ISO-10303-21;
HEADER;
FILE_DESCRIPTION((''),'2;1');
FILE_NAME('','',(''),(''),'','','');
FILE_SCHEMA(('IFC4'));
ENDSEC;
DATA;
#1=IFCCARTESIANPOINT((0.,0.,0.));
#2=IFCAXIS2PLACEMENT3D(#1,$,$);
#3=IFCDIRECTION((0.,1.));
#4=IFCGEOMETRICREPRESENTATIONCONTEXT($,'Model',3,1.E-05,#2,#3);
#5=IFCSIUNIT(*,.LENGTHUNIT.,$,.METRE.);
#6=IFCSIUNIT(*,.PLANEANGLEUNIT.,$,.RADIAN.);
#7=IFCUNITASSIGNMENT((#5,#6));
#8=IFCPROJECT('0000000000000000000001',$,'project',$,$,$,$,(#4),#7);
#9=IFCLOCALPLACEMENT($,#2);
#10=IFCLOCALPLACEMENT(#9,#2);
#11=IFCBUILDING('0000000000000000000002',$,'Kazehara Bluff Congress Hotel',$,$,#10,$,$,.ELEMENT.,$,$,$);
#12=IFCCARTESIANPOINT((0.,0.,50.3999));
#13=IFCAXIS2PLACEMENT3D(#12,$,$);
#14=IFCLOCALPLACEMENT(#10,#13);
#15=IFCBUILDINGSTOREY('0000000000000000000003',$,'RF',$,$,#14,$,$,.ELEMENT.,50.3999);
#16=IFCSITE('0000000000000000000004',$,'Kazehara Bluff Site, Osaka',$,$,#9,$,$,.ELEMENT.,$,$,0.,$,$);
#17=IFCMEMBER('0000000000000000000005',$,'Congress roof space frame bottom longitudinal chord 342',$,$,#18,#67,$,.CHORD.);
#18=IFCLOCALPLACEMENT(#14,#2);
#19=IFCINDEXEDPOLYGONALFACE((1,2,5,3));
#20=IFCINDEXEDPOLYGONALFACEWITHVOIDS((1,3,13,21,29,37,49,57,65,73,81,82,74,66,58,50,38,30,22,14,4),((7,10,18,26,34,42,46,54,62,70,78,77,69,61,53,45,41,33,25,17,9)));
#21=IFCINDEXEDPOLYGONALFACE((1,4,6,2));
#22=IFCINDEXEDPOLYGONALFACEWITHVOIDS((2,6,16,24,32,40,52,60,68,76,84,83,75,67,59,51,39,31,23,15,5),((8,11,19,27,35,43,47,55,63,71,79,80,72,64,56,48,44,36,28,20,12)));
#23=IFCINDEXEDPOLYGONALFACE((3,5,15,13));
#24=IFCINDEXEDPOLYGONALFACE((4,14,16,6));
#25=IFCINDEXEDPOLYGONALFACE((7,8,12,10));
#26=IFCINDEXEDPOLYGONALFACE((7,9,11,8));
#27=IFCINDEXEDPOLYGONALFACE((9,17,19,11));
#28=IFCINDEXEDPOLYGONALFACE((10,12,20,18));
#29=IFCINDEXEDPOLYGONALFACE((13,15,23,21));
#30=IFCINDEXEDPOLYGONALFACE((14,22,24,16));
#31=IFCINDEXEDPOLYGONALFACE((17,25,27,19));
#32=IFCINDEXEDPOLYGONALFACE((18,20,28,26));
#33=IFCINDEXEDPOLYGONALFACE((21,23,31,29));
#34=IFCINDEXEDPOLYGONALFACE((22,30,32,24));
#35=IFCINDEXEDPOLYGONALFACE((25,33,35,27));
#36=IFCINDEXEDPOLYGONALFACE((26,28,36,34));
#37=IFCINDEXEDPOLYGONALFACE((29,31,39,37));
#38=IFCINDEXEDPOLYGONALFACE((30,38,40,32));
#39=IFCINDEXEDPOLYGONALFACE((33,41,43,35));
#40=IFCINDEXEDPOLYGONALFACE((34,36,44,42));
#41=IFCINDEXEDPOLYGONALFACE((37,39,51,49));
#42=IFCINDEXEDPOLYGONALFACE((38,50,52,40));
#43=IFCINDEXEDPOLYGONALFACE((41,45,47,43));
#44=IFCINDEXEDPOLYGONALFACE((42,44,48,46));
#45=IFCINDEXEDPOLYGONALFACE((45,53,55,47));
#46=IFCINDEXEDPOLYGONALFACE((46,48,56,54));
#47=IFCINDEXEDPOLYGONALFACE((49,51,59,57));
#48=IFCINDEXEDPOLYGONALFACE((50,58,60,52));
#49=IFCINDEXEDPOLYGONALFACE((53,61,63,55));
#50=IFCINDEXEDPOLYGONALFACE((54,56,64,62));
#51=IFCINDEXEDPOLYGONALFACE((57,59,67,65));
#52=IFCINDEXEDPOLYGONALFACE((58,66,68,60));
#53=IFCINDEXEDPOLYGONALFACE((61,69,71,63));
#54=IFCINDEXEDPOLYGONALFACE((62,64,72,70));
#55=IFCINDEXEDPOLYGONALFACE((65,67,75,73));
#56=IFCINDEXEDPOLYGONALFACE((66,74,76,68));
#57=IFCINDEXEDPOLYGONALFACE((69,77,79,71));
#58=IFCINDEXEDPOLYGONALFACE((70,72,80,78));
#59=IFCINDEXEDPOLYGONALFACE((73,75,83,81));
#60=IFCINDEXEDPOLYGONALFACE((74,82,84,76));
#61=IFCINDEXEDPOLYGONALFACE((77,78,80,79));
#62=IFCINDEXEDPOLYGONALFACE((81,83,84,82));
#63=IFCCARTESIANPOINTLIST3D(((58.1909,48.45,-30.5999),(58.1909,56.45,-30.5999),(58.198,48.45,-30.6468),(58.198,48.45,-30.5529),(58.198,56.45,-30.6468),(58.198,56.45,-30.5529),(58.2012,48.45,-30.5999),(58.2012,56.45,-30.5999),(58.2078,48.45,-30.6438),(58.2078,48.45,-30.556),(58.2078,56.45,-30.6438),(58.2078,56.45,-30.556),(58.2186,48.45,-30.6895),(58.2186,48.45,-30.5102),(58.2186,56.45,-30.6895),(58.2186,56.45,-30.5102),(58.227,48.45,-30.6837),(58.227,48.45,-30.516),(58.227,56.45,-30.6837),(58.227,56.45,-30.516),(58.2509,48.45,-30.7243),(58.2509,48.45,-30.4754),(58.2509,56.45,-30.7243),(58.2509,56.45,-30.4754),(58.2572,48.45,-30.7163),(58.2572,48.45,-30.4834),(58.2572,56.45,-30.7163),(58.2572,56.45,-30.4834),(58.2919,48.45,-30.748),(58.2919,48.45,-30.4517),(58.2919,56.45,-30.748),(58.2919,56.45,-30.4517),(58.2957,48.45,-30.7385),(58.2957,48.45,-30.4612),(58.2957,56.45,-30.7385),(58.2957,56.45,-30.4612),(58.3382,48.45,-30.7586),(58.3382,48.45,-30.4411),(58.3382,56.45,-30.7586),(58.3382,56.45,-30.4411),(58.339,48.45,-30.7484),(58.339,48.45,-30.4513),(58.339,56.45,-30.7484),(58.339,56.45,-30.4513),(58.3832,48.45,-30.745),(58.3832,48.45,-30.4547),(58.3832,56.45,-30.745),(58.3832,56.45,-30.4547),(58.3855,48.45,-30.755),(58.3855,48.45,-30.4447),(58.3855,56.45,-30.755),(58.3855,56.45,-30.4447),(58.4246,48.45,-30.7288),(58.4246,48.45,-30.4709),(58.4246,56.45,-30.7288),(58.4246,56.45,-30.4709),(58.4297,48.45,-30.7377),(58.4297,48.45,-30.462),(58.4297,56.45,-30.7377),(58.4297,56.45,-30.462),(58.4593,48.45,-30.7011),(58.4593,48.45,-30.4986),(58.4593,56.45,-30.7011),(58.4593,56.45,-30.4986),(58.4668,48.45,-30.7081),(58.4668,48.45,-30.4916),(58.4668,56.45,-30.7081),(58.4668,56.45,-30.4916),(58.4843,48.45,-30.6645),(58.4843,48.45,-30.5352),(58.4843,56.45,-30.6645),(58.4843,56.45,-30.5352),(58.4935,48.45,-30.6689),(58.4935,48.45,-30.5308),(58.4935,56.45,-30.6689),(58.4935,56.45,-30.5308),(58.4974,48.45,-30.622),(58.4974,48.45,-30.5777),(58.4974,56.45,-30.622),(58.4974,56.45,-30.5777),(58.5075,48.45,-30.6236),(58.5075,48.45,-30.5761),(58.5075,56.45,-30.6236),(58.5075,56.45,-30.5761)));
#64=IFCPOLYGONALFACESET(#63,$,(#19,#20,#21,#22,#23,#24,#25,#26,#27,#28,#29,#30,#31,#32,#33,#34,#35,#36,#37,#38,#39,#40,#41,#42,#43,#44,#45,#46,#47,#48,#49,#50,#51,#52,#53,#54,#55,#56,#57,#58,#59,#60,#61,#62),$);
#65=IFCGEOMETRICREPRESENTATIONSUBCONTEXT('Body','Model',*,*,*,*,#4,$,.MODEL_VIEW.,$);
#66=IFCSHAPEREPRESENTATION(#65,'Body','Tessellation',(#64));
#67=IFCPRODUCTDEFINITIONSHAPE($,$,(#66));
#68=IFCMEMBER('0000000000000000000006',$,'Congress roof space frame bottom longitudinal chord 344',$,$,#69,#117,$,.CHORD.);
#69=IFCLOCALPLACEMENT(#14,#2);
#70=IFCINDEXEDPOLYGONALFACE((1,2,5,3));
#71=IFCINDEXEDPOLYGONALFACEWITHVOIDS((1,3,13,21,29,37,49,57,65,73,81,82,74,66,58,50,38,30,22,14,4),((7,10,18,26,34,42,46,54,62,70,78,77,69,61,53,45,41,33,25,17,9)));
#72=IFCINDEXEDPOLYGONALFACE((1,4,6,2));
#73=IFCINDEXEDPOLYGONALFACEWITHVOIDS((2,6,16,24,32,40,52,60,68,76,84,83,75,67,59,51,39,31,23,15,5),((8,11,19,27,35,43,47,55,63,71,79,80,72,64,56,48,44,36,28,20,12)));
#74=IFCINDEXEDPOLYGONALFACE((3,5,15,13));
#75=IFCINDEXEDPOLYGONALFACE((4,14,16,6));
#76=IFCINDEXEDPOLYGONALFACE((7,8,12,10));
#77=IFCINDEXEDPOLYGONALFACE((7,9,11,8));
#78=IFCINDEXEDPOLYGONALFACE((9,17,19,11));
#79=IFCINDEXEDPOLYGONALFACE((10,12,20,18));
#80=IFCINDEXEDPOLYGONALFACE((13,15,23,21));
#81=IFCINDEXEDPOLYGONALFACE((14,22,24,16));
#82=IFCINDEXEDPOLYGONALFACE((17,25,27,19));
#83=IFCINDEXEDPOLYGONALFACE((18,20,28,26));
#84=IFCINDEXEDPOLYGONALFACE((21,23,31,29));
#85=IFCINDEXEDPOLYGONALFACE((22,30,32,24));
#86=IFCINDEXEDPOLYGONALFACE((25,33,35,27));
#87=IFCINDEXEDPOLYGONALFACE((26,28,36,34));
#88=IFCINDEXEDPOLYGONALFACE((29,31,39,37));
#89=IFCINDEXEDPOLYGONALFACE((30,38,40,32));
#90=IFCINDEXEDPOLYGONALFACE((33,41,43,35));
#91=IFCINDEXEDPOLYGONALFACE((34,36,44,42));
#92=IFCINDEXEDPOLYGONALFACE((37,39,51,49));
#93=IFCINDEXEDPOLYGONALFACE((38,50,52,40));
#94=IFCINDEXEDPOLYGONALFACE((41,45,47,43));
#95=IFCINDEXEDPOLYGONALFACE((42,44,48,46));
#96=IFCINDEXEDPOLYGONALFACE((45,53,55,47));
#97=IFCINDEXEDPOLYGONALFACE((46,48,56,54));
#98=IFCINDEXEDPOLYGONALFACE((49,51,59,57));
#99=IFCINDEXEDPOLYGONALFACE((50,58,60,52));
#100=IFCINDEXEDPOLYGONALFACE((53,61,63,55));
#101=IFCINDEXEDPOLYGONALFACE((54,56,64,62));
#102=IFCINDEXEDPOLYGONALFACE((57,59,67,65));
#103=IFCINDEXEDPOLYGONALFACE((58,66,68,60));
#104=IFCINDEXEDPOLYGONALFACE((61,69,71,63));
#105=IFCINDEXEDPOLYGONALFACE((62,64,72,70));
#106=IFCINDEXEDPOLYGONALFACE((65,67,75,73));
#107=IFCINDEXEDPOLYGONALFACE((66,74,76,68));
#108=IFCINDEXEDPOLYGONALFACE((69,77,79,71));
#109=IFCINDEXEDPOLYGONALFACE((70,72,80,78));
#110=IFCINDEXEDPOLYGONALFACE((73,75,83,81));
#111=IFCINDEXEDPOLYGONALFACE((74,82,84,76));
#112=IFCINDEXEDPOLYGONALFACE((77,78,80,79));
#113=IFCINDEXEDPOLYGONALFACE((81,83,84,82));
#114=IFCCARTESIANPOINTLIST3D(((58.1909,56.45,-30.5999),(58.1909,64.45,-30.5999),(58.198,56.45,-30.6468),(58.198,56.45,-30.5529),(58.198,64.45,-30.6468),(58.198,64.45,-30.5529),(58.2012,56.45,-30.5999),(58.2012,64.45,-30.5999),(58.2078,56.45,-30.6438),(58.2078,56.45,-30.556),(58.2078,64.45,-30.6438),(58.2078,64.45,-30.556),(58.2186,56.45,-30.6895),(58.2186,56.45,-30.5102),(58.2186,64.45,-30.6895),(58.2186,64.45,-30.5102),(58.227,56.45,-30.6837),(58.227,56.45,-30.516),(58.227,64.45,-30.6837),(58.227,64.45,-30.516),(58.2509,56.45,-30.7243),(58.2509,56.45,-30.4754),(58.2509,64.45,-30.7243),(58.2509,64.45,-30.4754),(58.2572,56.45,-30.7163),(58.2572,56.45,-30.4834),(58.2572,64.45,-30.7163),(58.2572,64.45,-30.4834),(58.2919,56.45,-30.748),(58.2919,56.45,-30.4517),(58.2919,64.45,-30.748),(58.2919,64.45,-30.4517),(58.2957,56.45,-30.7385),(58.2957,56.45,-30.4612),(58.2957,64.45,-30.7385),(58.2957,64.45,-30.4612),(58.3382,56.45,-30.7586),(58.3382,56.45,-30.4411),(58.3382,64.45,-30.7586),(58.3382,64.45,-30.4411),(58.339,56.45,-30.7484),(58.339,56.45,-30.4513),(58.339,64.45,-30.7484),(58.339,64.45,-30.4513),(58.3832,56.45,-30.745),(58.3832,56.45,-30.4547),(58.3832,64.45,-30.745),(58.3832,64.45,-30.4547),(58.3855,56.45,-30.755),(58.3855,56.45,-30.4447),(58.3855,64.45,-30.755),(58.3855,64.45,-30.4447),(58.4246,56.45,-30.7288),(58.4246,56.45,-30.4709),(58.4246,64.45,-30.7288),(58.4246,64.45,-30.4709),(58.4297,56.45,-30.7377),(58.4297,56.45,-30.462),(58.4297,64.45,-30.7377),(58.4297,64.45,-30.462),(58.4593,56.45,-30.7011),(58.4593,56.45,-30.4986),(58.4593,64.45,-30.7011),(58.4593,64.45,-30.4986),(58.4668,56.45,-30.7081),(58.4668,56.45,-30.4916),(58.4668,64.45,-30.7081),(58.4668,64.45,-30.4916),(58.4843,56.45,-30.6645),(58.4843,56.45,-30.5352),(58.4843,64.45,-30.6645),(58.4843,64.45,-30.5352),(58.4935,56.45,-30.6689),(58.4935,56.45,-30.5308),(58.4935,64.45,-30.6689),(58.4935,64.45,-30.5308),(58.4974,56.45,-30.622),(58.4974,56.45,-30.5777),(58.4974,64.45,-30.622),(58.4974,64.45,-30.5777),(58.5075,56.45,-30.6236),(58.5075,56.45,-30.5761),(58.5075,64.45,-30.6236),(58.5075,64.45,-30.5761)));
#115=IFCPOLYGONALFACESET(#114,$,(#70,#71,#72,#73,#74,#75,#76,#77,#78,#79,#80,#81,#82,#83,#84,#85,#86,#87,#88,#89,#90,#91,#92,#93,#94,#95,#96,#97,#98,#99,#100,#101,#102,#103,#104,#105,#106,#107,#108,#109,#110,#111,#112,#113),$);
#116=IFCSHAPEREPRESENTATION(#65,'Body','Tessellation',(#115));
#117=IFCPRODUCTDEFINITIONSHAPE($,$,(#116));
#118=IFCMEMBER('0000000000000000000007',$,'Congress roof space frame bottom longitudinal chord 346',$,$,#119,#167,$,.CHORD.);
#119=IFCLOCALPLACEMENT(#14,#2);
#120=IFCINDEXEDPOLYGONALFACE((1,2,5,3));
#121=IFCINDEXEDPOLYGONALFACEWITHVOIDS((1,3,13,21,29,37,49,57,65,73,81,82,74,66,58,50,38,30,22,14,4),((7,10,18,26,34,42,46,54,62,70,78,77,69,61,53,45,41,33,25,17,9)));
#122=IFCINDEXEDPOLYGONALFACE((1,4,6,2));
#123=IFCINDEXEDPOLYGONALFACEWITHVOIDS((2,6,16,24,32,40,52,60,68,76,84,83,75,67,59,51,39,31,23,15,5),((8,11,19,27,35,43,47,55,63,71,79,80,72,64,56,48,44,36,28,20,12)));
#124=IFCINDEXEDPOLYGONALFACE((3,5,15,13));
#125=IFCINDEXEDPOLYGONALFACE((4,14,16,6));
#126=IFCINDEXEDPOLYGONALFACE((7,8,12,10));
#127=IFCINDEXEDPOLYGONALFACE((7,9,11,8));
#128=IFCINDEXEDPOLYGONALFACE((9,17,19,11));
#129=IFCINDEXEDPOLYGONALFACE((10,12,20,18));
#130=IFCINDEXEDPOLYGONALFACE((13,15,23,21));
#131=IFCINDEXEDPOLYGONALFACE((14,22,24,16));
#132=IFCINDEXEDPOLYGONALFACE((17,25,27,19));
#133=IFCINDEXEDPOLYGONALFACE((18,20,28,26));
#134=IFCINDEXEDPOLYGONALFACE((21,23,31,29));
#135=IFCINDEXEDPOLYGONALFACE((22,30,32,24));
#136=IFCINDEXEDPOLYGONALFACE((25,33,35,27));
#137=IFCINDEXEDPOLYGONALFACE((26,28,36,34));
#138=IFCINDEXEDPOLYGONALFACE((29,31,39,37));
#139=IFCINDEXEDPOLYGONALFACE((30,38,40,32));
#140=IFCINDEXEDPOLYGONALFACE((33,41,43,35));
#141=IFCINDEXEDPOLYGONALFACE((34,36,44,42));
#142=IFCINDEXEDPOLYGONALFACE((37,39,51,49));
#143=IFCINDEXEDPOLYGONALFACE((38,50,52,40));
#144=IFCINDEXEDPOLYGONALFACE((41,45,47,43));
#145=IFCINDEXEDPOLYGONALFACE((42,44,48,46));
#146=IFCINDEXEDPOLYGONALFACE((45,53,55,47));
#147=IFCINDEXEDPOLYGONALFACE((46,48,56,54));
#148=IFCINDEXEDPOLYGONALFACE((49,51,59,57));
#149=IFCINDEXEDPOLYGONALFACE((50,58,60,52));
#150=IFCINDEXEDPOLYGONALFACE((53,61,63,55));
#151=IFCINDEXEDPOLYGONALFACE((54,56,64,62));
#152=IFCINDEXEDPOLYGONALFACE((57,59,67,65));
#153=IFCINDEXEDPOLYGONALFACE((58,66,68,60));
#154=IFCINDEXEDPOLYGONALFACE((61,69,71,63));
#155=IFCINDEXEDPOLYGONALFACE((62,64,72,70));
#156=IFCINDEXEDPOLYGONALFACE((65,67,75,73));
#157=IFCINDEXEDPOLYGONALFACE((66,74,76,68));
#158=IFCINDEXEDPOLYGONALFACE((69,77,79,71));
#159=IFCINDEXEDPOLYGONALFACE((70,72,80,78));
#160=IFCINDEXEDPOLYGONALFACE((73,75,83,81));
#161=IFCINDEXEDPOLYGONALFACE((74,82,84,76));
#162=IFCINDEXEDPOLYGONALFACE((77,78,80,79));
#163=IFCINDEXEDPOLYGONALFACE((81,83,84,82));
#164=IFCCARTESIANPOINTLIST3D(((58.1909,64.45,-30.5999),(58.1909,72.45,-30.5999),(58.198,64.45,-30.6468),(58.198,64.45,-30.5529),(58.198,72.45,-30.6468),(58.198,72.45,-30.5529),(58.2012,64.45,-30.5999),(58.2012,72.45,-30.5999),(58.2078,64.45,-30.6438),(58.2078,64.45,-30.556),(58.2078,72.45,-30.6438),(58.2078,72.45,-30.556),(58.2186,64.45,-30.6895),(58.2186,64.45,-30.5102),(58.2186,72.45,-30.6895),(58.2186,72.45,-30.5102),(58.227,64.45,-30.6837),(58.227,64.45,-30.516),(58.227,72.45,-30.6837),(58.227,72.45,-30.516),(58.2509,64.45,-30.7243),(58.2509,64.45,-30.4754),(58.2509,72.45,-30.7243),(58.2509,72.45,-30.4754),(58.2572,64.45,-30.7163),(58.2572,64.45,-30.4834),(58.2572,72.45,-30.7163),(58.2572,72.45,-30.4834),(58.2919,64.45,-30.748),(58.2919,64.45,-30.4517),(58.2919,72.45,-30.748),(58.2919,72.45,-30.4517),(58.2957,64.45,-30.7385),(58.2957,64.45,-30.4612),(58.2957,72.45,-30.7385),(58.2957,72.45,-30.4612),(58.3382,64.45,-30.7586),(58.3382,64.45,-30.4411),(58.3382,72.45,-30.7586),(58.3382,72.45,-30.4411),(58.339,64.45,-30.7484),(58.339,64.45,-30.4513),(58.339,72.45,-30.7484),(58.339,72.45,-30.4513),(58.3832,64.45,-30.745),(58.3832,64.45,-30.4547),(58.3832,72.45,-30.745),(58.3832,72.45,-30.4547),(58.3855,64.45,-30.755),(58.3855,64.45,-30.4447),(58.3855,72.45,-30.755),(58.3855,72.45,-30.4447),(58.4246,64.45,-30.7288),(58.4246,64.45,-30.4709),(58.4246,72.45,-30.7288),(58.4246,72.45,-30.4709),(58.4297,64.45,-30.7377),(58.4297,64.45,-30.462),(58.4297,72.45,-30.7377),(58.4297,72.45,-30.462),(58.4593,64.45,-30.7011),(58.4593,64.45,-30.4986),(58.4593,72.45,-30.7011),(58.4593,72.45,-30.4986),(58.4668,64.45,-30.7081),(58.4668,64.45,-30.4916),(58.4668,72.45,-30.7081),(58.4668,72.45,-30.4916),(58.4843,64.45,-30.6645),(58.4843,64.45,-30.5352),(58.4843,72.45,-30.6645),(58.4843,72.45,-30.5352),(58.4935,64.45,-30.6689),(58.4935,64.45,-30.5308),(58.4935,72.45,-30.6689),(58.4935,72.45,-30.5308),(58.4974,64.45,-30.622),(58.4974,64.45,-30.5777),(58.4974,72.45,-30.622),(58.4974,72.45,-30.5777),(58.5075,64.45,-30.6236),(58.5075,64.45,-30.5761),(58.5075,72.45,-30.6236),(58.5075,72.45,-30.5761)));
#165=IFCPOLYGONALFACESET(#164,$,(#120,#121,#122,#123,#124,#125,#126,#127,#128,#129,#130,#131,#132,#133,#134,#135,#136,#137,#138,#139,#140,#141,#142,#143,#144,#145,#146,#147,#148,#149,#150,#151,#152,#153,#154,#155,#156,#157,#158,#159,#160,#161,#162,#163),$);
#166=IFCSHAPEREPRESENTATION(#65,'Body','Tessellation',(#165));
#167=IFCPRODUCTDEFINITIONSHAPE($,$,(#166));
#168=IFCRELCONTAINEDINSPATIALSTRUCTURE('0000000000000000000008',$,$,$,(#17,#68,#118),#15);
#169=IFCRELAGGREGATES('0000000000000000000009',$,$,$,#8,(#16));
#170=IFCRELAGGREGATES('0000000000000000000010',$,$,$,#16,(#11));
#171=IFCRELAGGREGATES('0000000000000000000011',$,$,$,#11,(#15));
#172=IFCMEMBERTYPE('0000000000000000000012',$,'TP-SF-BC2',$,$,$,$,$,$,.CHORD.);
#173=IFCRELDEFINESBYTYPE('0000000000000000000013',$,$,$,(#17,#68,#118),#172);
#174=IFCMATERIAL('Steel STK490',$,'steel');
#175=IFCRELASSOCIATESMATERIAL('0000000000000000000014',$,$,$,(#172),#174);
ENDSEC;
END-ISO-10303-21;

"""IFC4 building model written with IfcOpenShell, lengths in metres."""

from ifc_helpers import new_model, si_unit, direction, frame, origin, origin_2d, place, context, subcontext, project, spatial, hollow_circle, extrude, material, material_profile, profile_set, type_object, element, save


model = new_model("IFC4")

# Units and contexts
model_context = context("Model", 3, precision=1e-05, world=origin(), true_north=direction((0.0, 1.0)))
body_context = subcontext(model_context, "Body", "Model", "MODEL_VIEW")
ifc_project = project(units=[si_unit("LENGTHUNIT", "METRE"), si_unit("PLANEANGLEUNIT", "RADIAN")], contexts=[model_context])

# Site, building, storey
site_placement = place(None, origin())
site = spatial("IfcSite", under=ifc_project, at=site_placement, Name="Kazehara Bluff Site, Osaka", CompositionType="ELEMENT", RefElevation=0.0)
building_placement = place(site_placement, origin())
building = spatial("IfcBuilding", under=site, at=building_placement, Name="Kazehara Bluff Congress Hotel", CompositionType="ELEMENT")
storey_placement = place(building_placement, frame((0.0, 0.0, 50.3999)))
storey = spatial("IfcBuildingStorey", under=building, at=storey_placement, Name="RF", CompositionType="ELEMENT", Elevation=50.3999)

# Members
ifc_material_1 = material(Name="Steel STK490", Category="steel")
ifc_material_profile_1 = material_profile(ifc_material_1, hollow_circle(Radius=0.1592, WallThickness=0.0103, at=origin_2d()))
ifc_profile_set_1 = profile_set([ifc_material_profile_1], Name="Steel STK490")
member_type_1 = type_object("IfcMemberType", Name="TP-SF-BC2", PredefinedType="CHORD", material=ifc_profile_set_1)
for number, where, z_axis, x_axis, name in (
    (1, (58.3501, 48.45, -30.5999), (0.0, 1.0, 0.0), (-1.0, 0.0, 0.0), "Congress roof space frame bottom longitudinal chord 342"),
    (2, (58.3501, 56.45, -30.5999), (0.0, 1.0, 0.0), (-1.0, 0.0, 0.0), "Congress roof space frame bottom longitudinal chord 344"),
    (3, (58.3501, 64.45, -30.5999), (0.0, 1.0, 0.0), (-1.0, 0.0, 0.0), "Congress roof space frame bottom longitudinal chord 346"),
):
    element("IfcMember", number, at=place(storey_placement, frame(where, z_axis=z_axis, x_axis=x_axis)), inside=storey, type_object=member_type_1, Name=name, PredefinedType="CHORD", context=body_context, shape_type="SweptSolid", body=[
        extrude(hollow_circle(Radius=0.1592, WallThickness=0.0103, at=origin_2d()), origin(), (0.0, 0.0, 1.0), 8.0),
    ])

save(model, "model.ifc")
